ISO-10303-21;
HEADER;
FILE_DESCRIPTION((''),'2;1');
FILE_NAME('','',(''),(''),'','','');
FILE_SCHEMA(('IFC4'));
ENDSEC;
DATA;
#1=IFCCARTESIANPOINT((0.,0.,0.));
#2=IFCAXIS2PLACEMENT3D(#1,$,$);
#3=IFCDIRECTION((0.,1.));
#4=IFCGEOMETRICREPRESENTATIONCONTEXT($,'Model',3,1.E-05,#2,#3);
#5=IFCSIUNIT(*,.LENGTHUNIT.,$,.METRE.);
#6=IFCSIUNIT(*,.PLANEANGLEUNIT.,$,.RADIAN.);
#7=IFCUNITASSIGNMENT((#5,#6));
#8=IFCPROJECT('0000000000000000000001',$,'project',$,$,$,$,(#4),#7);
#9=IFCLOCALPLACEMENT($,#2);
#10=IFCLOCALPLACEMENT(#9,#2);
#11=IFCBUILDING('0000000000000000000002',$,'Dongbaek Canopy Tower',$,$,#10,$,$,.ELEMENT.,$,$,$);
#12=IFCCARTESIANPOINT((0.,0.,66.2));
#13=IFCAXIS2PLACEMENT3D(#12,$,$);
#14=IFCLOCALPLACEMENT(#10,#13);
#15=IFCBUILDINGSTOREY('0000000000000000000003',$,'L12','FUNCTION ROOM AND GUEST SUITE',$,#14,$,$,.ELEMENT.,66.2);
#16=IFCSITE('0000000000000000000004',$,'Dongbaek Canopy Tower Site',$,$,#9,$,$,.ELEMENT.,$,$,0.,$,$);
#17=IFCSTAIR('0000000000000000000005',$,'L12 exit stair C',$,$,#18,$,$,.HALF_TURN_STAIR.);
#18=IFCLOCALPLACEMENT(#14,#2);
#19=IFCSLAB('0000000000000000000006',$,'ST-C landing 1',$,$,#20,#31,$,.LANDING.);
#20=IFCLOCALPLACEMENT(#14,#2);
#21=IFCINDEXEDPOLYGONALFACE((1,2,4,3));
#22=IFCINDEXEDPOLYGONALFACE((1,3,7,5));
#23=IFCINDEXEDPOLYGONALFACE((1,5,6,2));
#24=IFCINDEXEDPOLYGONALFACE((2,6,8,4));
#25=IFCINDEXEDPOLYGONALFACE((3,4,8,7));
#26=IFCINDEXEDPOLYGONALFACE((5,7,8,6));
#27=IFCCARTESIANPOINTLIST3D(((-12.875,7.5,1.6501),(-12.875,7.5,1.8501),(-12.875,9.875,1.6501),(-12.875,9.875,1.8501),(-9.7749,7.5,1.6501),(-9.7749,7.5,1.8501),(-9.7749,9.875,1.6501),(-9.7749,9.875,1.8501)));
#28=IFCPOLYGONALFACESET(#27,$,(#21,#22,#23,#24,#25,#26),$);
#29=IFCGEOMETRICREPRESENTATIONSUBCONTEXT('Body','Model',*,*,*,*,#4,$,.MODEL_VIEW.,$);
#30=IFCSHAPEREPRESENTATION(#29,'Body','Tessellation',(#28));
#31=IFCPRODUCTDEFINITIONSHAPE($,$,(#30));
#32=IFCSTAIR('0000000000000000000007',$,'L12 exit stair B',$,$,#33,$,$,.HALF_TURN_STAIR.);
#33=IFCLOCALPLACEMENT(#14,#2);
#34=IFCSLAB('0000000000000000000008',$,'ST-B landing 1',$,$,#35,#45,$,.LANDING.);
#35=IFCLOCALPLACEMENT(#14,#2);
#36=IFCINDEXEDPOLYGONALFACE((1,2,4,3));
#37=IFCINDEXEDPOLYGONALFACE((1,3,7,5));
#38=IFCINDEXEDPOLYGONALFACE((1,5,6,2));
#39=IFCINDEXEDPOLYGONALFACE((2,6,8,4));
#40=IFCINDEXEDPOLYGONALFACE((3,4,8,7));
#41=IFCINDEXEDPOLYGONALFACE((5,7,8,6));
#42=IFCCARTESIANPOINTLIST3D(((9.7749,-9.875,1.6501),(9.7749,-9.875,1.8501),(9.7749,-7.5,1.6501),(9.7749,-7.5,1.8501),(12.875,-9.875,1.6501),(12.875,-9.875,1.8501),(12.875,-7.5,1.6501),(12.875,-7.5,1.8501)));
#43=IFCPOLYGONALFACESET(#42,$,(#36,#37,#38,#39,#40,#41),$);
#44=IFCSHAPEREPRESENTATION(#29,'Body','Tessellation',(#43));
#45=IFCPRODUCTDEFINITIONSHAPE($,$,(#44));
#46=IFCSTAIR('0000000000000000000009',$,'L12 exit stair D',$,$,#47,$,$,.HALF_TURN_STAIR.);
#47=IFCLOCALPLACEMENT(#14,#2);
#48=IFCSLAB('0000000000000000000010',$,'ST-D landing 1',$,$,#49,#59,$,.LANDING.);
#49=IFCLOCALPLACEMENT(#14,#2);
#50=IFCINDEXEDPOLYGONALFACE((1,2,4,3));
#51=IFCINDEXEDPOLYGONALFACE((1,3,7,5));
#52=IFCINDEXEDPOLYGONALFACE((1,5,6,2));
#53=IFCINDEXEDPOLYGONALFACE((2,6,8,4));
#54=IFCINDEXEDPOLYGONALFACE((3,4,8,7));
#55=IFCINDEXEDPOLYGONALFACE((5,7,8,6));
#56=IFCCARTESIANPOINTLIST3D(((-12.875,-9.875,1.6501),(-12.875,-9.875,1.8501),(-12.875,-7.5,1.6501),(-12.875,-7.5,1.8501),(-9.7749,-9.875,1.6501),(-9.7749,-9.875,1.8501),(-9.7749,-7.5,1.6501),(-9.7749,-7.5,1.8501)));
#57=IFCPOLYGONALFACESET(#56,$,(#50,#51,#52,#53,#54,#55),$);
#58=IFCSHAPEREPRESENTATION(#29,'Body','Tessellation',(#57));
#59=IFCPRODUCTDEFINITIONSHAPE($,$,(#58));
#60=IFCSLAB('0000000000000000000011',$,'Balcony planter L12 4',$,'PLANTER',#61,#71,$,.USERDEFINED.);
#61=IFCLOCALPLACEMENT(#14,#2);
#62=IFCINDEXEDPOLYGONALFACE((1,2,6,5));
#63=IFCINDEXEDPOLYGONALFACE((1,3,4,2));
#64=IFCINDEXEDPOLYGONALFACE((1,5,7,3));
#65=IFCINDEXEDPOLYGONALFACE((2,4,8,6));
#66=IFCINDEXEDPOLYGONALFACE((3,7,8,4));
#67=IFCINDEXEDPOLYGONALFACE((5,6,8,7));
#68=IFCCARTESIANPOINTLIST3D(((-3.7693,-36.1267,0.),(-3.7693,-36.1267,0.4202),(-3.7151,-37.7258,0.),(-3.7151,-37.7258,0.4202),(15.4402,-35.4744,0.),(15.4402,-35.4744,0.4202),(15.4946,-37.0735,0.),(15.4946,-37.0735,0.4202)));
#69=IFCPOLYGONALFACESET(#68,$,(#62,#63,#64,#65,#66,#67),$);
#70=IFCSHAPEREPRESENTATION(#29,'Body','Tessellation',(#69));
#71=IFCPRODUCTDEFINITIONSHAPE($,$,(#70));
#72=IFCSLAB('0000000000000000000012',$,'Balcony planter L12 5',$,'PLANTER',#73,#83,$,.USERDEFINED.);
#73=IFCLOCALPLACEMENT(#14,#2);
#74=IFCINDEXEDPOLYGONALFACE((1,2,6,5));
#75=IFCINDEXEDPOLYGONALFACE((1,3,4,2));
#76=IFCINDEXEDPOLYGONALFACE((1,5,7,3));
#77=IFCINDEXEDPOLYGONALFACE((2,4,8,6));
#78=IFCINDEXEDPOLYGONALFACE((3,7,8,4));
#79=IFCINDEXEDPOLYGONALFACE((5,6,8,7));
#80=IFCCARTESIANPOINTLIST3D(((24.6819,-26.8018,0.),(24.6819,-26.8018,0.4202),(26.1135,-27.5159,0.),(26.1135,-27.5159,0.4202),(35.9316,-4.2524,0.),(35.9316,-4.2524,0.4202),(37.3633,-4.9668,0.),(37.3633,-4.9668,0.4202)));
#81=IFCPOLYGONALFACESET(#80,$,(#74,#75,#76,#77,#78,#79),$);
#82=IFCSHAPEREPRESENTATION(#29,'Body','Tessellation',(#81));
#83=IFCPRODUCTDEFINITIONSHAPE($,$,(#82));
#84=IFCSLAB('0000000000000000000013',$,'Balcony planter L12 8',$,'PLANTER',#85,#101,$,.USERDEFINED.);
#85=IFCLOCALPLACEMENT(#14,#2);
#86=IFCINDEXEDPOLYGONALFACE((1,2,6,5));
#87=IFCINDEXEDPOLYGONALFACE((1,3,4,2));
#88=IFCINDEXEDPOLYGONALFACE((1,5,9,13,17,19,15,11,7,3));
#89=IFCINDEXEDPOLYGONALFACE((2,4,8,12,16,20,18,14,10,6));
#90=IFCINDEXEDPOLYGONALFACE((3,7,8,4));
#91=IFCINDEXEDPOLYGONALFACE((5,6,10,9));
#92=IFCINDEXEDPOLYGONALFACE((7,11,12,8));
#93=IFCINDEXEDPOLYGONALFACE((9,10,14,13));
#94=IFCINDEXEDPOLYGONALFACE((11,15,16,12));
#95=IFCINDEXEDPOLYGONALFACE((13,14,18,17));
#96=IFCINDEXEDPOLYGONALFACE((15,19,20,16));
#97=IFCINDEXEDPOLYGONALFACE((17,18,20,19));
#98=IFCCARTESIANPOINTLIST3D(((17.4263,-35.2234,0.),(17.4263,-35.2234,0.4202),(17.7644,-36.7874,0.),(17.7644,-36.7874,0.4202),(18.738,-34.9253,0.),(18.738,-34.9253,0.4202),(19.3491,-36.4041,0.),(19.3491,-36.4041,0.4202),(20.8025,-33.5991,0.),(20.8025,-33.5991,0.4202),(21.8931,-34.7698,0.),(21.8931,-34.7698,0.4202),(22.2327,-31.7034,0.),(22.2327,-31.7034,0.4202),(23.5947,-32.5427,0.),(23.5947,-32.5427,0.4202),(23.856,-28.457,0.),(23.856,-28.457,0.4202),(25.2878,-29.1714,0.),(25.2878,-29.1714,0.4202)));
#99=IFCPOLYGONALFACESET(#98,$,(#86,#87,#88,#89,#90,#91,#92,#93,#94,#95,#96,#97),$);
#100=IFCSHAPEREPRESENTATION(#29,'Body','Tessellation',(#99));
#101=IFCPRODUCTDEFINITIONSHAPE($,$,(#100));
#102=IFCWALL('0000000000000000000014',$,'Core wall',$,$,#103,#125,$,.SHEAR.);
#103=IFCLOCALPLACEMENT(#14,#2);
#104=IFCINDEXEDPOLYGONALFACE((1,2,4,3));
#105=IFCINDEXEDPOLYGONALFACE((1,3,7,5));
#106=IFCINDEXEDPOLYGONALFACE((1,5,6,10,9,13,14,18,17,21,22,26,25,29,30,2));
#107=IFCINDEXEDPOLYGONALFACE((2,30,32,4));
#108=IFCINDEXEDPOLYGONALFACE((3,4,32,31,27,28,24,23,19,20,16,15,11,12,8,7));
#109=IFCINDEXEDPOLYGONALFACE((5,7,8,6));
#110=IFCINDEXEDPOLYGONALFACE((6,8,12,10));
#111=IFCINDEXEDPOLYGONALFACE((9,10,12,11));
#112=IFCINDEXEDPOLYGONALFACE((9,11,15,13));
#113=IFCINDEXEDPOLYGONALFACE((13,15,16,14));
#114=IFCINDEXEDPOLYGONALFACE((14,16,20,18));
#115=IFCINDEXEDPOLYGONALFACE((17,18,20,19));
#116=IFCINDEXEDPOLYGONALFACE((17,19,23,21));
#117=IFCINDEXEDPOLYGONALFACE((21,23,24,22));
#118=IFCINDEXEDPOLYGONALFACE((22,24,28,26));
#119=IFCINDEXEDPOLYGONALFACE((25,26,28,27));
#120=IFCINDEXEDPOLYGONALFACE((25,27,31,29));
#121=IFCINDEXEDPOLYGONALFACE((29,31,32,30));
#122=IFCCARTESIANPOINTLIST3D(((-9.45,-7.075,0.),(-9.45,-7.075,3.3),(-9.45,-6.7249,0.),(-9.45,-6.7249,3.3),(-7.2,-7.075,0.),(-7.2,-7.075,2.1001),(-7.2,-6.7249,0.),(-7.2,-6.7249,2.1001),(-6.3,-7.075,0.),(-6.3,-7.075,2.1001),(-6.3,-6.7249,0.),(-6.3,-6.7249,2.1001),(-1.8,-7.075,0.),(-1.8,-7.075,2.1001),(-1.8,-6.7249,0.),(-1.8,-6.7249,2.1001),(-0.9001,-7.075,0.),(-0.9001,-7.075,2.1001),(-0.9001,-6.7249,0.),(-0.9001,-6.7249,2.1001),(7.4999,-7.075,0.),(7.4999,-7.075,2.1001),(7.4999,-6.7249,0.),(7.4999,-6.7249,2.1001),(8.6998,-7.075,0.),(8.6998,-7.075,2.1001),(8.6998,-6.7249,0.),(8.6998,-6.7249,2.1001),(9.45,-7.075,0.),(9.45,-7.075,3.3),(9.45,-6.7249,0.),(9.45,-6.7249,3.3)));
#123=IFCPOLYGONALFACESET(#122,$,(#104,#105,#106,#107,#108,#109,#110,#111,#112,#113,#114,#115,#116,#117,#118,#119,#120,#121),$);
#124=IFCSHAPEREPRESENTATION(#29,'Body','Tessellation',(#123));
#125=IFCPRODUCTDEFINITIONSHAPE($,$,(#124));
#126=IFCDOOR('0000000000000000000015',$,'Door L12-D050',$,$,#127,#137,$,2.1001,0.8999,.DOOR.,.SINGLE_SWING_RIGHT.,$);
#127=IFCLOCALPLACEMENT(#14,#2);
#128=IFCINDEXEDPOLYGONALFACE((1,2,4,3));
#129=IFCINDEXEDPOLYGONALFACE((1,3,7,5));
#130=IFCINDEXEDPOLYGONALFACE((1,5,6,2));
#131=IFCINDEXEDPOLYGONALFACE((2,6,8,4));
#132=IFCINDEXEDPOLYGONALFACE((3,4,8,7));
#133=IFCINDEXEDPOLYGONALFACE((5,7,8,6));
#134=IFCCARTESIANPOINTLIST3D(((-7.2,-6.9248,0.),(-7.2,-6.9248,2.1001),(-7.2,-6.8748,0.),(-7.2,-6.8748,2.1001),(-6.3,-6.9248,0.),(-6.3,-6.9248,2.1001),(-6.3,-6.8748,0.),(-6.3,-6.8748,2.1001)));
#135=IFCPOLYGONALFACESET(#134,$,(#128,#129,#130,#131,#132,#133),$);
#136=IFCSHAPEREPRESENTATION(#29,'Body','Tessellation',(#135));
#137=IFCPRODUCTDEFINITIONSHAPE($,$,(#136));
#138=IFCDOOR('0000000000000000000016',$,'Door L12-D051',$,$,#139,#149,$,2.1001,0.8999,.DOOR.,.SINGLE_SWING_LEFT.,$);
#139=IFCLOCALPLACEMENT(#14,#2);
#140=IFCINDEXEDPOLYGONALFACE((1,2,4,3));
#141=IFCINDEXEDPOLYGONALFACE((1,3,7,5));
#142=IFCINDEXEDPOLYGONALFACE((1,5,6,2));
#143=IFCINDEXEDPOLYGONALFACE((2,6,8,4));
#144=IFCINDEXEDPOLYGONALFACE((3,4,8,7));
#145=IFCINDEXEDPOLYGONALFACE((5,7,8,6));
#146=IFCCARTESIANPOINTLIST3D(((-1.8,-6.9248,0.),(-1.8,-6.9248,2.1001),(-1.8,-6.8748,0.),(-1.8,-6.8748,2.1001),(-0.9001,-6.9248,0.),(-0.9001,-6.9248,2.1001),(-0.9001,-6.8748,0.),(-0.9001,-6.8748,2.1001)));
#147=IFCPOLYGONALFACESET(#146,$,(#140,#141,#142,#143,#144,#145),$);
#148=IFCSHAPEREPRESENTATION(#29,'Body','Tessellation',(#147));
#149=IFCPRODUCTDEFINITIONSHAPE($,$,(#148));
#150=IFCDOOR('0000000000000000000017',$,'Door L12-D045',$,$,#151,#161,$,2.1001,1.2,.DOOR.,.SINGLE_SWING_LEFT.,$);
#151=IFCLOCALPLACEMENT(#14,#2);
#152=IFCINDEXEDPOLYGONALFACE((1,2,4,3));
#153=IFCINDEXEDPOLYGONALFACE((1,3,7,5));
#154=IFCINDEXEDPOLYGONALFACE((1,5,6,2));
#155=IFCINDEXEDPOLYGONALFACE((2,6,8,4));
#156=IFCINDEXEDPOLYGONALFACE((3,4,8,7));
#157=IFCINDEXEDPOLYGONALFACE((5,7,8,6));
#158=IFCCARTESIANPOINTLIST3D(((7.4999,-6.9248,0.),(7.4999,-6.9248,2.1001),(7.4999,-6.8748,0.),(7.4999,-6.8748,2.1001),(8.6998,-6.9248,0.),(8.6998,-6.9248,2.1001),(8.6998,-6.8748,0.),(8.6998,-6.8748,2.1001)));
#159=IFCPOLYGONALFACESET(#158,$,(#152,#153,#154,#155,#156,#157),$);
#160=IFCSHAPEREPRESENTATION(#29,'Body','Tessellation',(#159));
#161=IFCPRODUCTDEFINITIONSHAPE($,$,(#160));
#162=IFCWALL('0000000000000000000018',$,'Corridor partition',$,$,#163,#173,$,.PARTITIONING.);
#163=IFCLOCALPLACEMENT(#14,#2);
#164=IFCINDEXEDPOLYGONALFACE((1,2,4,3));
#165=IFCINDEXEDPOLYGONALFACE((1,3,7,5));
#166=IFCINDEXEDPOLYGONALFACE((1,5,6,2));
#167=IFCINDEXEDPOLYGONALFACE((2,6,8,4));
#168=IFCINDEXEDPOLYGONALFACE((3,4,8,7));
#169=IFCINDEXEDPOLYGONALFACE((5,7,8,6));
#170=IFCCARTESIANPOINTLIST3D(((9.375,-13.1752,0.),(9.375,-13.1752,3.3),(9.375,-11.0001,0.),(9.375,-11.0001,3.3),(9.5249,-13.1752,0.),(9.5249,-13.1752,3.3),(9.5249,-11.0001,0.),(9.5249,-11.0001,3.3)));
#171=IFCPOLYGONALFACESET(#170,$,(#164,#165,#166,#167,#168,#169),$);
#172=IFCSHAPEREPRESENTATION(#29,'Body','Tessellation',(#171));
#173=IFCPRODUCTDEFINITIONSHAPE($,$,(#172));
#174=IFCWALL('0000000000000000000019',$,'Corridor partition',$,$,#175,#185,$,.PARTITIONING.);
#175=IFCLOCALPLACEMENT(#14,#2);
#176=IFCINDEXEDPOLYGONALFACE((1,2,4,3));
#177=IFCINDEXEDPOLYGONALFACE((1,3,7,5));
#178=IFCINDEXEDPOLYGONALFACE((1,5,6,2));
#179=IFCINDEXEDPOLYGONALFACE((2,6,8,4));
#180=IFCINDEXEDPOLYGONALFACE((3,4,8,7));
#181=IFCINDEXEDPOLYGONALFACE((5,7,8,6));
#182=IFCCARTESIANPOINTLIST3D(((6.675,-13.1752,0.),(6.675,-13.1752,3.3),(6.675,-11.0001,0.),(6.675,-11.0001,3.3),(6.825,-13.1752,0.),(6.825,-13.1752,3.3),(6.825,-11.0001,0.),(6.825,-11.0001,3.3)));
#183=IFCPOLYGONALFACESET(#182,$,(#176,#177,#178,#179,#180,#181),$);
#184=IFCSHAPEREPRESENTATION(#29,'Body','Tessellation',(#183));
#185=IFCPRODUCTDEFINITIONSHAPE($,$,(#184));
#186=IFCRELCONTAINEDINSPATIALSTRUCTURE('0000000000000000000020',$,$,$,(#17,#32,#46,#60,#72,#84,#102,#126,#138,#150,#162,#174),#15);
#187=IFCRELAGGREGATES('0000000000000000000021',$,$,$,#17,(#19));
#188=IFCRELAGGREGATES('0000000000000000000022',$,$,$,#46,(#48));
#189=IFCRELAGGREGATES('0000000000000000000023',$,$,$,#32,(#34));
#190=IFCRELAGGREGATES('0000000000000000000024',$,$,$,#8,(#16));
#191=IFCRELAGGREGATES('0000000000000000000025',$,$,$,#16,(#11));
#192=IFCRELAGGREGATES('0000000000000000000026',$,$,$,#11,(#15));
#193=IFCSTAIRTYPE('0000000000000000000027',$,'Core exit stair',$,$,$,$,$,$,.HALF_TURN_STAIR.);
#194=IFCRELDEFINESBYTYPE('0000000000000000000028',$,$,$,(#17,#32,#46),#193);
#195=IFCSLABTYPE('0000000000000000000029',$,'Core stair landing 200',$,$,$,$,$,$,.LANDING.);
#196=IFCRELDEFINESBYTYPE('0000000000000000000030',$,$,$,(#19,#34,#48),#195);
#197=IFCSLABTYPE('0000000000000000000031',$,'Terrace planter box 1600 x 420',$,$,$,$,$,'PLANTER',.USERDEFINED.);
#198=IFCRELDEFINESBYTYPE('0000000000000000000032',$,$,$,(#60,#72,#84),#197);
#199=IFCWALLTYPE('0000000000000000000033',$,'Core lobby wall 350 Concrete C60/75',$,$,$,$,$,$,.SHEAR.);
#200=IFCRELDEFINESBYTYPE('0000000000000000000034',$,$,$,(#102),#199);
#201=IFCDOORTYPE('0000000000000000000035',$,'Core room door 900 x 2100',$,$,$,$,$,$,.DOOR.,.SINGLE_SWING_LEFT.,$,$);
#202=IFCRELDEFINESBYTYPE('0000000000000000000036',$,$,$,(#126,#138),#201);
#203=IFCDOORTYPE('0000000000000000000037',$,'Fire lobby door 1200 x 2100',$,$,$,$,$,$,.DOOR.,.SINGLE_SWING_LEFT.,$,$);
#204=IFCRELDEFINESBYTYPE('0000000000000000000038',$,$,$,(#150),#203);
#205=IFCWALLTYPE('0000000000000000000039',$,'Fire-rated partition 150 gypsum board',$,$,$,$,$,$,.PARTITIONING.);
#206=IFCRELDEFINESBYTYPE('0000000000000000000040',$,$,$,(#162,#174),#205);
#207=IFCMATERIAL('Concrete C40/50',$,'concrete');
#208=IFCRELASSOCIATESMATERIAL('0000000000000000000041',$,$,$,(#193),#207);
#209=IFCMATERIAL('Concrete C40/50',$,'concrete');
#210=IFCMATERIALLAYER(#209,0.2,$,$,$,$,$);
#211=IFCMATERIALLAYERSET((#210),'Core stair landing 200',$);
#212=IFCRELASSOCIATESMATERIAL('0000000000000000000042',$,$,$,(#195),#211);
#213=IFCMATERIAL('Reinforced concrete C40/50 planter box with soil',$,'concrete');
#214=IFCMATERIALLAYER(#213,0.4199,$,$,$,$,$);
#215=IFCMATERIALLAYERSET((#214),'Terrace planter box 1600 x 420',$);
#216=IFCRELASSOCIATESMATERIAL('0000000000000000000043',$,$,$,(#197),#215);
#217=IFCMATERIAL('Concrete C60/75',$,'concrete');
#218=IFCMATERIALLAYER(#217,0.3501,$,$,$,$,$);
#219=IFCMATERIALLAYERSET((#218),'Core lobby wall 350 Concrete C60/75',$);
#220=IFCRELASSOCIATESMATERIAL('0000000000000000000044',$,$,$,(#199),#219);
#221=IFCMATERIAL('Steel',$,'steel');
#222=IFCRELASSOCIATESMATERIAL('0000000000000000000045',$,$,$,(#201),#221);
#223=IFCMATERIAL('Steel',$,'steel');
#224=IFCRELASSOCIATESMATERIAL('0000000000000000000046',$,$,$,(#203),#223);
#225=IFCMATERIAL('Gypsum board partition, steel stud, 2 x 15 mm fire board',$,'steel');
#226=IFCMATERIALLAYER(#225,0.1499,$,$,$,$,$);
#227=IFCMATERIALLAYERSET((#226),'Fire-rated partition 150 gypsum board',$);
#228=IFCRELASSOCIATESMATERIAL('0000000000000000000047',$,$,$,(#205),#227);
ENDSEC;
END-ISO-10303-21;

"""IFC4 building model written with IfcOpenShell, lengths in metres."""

from ifc_helpers import new_model, si_unit, direction, frame, frame_2d, origin, place, context, subcontext, project, spatial, polyline, rectangle, outline, extrude, material, layer, layer_set, type_object, element, fill, aggregate, save


model = new_model("IFC4")

# Units and contexts
model_context = context("Model", 3, precision=1e-05, world=origin(), true_north=direction((0.0, 1.0)))
body_context = subcontext(model_context, "Body", "Model", "MODEL_VIEW")
ifc_project = project(units=[si_unit("LENGTHUNIT", "METRE"), si_unit("PLANEANGLEUNIT", "RADIAN")], contexts=[model_context])

# Site, building, storey
site_placement = place(None, origin())
site = spatial("IfcSite", under=ifc_project, at=site_placement, Name="Dongbaek Canopy Tower Site", CompositionType="ELEMENT", RefElevation=0.0)
building_placement = place(site_placement, origin())
building = spatial("IfcBuilding", under=site, at=building_placement, Name="Dongbaek Canopy Tower", CompositionType="ELEMENT")
storey_placement = place(building_placement, frame((0.0, 0.0, 66.2)))
storey = spatial("IfcBuildingStorey", under=building, at=storey_placement, Name="L12", Description="FUNCTION ROOM AND GUEST SUITE", CompositionType="ELEMENT", Elevation=66.2)

# Stairs, slabs
ifc_material_1 = material(Name="Concrete C40/50", Category="concrete")
stair_type = type_object("IfcStairType", Name="Core exit stair", PredefinedType="HALF_TURN_STAIR", material=ifc_material_1)
ifc_material_2 = material(Name="Concrete C40/50", Category="concrete")
ifc_layer_1 = layer(ifc_material_2, 0.2)
ifc_layer_set_1 = layer_set([ifc_layer_1], Name="Core stair landing 200")
slab_type_1 = type_object("IfcSlabType", Name="Core stair landing 200", PredefinedType="LANDING", material=ifc_layer_set_1)
stair_1_placement = place(storey_placement, origin())
stair_1 = element("IfcStair", 1, at=stair_1_placement, inside=storey, type_object=stair_type, Name="L12 exit stair C", PredefinedType="HALF_TURN_STAIR")
slab_1_placement = place(storey_placement, frame((0.0, 0.0, 1.6501)))
slab_1 = element("IfcSlab", 2, at=slab_1_placement, type_object=slab_type_1, Name="ST-C landing 1", PredefinedType="LANDING", context=body_context, shape_type="SweptSolid", body=[
    extrude(outline(polyline([(-9.7749, 7.5), (-9.7749, 9.875), (-12.875, 9.875), (-12.875, 7.5), (-9.7749, 7.5)])), origin(), (0.0, 0.0, 1.0), 0.2),
])
aggregate(stair_1, [slab_1])
stair_2_placement = place(storey_placement, origin())
stair_2 = element("IfcStair", 3, at=stair_2_placement, inside=storey, type_object=stair_type, Name="L12 exit stair B", PredefinedType="HALF_TURN_STAIR")
slab_2_placement = place(storey_placement, frame((0.0, 0.0, 1.6501)))
slab_2 = element("IfcSlab", 4, at=slab_2_placement, type_object=slab_type_1, Name="ST-B landing 1", PredefinedType="LANDING", context=body_context, shape_type="SweptSolid", body=[
    extrude(outline(polyline([(9.7749, -7.5), (9.7749, -9.875), (12.875, -9.875), (12.875, -7.5), (9.7749, -7.5)])), origin(), (0.0, 0.0, 1.0), 0.2),
])
stair_3_placement = place(storey_placement, origin())
stair_3 = element("IfcStair", 5, at=stair_3_placement, inside=storey, type_object=stair_type, Name="L12 exit stair D", PredefinedType="HALF_TURN_STAIR")
slab_3_placement = place(storey_placement, frame((0.0, 0.0, 1.6501)))
slab_3 = element("IfcSlab", 6, at=slab_3_placement, type_object=slab_type_1, Name="ST-D landing 1", PredefinedType="LANDING", context=body_context, shape_type="SweptSolid", body=[
    extrude(outline(polyline([(-12.875, -7.5), (-12.875, -9.875), (-9.7749, -9.875), (-9.7749, -7.5), (-12.875, -7.5)])), origin(), (0.0, 0.0, 1.0), 0.2),
])
aggregate(stair_3, [slab_3])

# Slabs
ifc_material_3 = material(Name="Reinforced concrete C40/50 planter box with soil", Category="concrete")
ifc_layer_2 = layer(ifc_material_3, 0.4199)
ifc_layer_set_2 = layer_set([ifc_layer_2], Name="Terrace planter box 1600 x 420")
slab_type_2 = type_object("IfcSlabType", Name="Terrace planter box 1600 x 420", ElementType="PLANTER", PredefinedType="USERDEFINED", material=ifc_layer_set_2)
slab_4_placement = place(storey_placement, origin())
element("IfcSlab", 7, at=slab_4_placement, inside=storey, type_object=slab_type_2, Name="Balcony planter L12 4", ObjectType="PLANTER", PredefinedType="USERDEFINED", context=body_context, shape_type="SweptSolid", body=[
    extrude(outline(polyline([(-3.7693, -36.1267), (15.4402, -35.4744), (15.4946, -37.0735), (-3.7151, -37.7258), (-3.7693, -36.1267)])), origin(), (0.0, 0.0, 1.0), 0.4202),
])
slab_5_placement = place(storey_placement, origin())
element("IfcSlab", 8, at=slab_5_placement, inside=storey, type_object=slab_type_2, Name="Balcony planter L12 5", ObjectType="PLANTER", PredefinedType="USERDEFINED", context=body_context, shape_type="SweptSolid", body=[
    extrude(outline(polyline([(24.6819, -26.8018), (35.9316, -4.2524), (37.3633, -4.9668), (26.1135, -27.5159), (24.6819, -26.8018)])), origin(), (0.0, 0.0, 1.0), 0.4202),
])
slab_6_placement = place(storey_placement, origin())
element("IfcSlab", 9, at=slab_6_placement, inside=storey, type_object=slab_type_2, Name="Balcony planter L12 8", ObjectType="PLANTER", PredefinedType="USERDEFINED", context=body_context, shape_type="SweptSolid", body=[
    extrude(outline(polyline([(17.4263, -35.2234), (18.738, -34.9253), (20.8025, -33.5991), (22.2327, -31.7034), (23.856, -28.457), (25.2878, -29.1714), (23.5947, -32.5427), (21.8931, -34.7698), (19.3491, -36.4041), (17.7644, -36.7874), (17.4263, -35.2234)])), origin(), (0.0, 0.0, 1.0), 0.4202),
])

# Wall, openings, doors
ifc_material_4 = material(Name="Concrete C60/75", Category="concrete")
ifc_layer_3 = layer(ifc_material_4, 0.3501)
ifc_layer_set_3 = layer_set([ifc_layer_3], Name="Core lobby wall 350 Concrete C60/75")
wall_type_1 = type_object("IfcWallType", Name="Core lobby wall 350 Concrete C60/75", PredefinedType="SHEAR", material=ifc_layer_set_3)
wall_1_placement = place(storey_placement, frame((9.45, -6.8999, 0.0), z_axis=(0.0, 0.0, 1.0), x_axis=(-1.0, 0.0, 0.0)))
wall_1 = element("IfcWall", 10, at=wall_1_placement, inside=storey, type_object=wall_type_1, Name="Core wall", PredefinedType="SHEAR", context=body_context, shape_type="SweptSolid", body=[
    extrude(rectangle(XDim=18.8999, YDim=0.3501, at=frame_2d((9.45, 0.0))), origin(), (0.0, 0.0, 1.0), 3.3),
])
opening_1_placement = place(wall_1_placement, frame((0.75, 0.0, 0.0)))
opening_1 = element("IfcOpeningElement", 11, at=opening_1_placement, cuts=wall_1, PredefinedType="OPENING", context=body_context, shape_type="SweptSolid", body=[
    extrude(rectangle(XDim=1.2, YDim=2.1001, at=frame_2d((0.6001, 1.05))), frame((0.0, 0.1851, 0.0), z_axis=(0.0, -1.0, 0.0), x_axis=(1.0, 0.0, 0.0)), (0.0, 0.0, 1.0), 0.3701),
])
opening_2_placement = place(wall_1_placement, frame((15.75, 0.0, 0.0)))
opening_2 = element("IfcOpeningElement", 12, at=opening_2_placement, cuts=wall_1, PredefinedType="OPENING", context=body_context, shape_type="SweptSolid", body=[
    extrude(rectangle(XDim=0.8999, YDim=2.1001, at=frame_2d((0.45, 1.05))), frame((0.0, 0.1851, 0.0), z_axis=(0.0, -1.0, 0.0), x_axis=(1.0, 0.0, 0.0)), (0.0, 0.0, 1.0), 0.3701),
])
opening_3_placement = place(wall_1_placement, frame((10.3501, 0.0, 0.0)))
opening_3 = element("IfcOpeningElement", 13, at=opening_3_placement, cuts=wall_1, PredefinedType="OPENING", context=body_context, shape_type="SweptSolid", body=[
    extrude(rectangle(XDim=0.8999, YDim=2.1001, at=frame_2d((0.45, 1.05))), frame((0.0, 0.1851, 0.0), z_axis=(0.0, -1.0, 0.0), x_axis=(1.0, 0.0, 0.0)), (0.0, 0.0, 1.0), 0.3701),
])
ifc_material_5 = material(Name="Steel", Category="steel")
door_type_1 = type_object("IfcDoorType", Name="Core room door 900 x 2100", OperationType="SINGLE_SWING_LEFT", PredefinedType="DOOR", material=ifc_material_5)
door_1_placement = place(opening_2_placement, origin())
door_1 = element("IfcDoor", 14, at=door_1_placement, inside=storey, type_object=door_type_1, Name="Door L12-D050", OperationType="SINGLE_SWING_RIGHT", OverallHeight=2.1001, OverallWidth=0.8999, PredefinedType="DOOR", context=body_context, shape_type="SweptSolid", body=[
    extrude(rectangle(XDim=0.8999, YDim=2.1001, at=frame_2d((0.45, 1.05))), frame((0.0, 0.0249, 0.0), z_axis=(0.0, -1.0, 0.0), x_axis=(1.0, 0.0, 0.0)), (0.0, 0.0, 1.0), 0.05),
])
fill(opening_2, door_1)
door_2_placement = place(opening_3_placement, origin())
door_2 = element("IfcDoor", 15, at=door_2_placement, inside=storey, type_object=door_type_1, Name="Door L12-D051", OperationType="SINGLE_SWING_LEFT", OverallHeight=2.1001, OverallWidth=0.8999, PredefinedType="DOOR", context=body_context, shape_type="SweptSolid", body=[
    extrude(rectangle(XDim=0.8999, YDim=2.1001, at=frame_2d((0.45, 1.05))), frame((0.0, 0.0249, 0.0), z_axis=(0.0, -1.0, 0.0), x_axis=(1.0, 0.0, 0.0)), (0.0, 0.0, 1.0), 0.05),
])
fill(opening_3, door_2)
ifc_material_6 = material(Name="Steel", Category="steel")
door_type_2 = type_object("IfcDoorType", Name="Fire lobby door 1200 x 2100", OperationType="SINGLE_SWING_LEFT", PredefinedType="DOOR", material=ifc_material_6)
door_3_placement = place(opening_1_placement, origin())
door_3 = element("IfcDoor", 16, at=door_3_placement, inside=storey, type_object=door_type_2, Name="Door L12-D045", OperationType="SINGLE_SWING_LEFT", OverallHeight=2.1001, OverallWidth=1.2, PredefinedType="DOOR", context=body_context, shape_type="SweptSolid", body=[
    extrude(rectangle(XDim=1.2, YDim=2.1001, at=frame_2d((0.6001, 1.05))), frame((0.0, 0.0249, 0.0), z_axis=(0.0, -1.0, 0.0), x_axis=(1.0, 0.0, 0.0)), (0.0, 0.0, 1.0), 0.05),
])
fill(opening_1, door_3)

# Walls
ifc_material_7 = material(Name="Gypsum board partition, steel stud, 2 x 15 mm fire board", Category="steel")
ifc_layer_4 = layer(ifc_material_7, 0.1499)
ifc_layer_set_4 = layer_set([ifc_layer_4], Name="Fire-rated partition 150 gypsum board")
wall_type_2 = type_object("IfcWallType", Name="Fire-rated partition 150 gypsum board", PredefinedType="PARTITIONING", material=ifc_layer_set_4)
for number, where, z_axis, x_axis, name in (
    (17, (9.45, -13.175, 0.0), (0.0, 0.0, 1.0), (0.0, 1.0, 0.0), "Corridor partition"),
    (18, (6.75, -13.175, 0.0), (0.0, 0.0, 1.0), (0.0, 1.0, 0.0), "Corridor partition"),
):
    element("IfcWall", number, at=place(storey_placement, frame(where, z_axis=z_axis, x_axis=x_axis)), inside=storey, type_object=wall_type_2, Name=name, PredefinedType="PARTITIONING", context=body_context, shape_type="SweptSolid", body=[
        extrude(rectangle(XDim=2.175, YDim=0.1499, at=frame_2d((1.0874, 0.0))), origin(), (0.0, 0.0, 1.0), 3.3),
    ])

aggregate(stair_2, [slab_2])

save(model, "model.ifc")
